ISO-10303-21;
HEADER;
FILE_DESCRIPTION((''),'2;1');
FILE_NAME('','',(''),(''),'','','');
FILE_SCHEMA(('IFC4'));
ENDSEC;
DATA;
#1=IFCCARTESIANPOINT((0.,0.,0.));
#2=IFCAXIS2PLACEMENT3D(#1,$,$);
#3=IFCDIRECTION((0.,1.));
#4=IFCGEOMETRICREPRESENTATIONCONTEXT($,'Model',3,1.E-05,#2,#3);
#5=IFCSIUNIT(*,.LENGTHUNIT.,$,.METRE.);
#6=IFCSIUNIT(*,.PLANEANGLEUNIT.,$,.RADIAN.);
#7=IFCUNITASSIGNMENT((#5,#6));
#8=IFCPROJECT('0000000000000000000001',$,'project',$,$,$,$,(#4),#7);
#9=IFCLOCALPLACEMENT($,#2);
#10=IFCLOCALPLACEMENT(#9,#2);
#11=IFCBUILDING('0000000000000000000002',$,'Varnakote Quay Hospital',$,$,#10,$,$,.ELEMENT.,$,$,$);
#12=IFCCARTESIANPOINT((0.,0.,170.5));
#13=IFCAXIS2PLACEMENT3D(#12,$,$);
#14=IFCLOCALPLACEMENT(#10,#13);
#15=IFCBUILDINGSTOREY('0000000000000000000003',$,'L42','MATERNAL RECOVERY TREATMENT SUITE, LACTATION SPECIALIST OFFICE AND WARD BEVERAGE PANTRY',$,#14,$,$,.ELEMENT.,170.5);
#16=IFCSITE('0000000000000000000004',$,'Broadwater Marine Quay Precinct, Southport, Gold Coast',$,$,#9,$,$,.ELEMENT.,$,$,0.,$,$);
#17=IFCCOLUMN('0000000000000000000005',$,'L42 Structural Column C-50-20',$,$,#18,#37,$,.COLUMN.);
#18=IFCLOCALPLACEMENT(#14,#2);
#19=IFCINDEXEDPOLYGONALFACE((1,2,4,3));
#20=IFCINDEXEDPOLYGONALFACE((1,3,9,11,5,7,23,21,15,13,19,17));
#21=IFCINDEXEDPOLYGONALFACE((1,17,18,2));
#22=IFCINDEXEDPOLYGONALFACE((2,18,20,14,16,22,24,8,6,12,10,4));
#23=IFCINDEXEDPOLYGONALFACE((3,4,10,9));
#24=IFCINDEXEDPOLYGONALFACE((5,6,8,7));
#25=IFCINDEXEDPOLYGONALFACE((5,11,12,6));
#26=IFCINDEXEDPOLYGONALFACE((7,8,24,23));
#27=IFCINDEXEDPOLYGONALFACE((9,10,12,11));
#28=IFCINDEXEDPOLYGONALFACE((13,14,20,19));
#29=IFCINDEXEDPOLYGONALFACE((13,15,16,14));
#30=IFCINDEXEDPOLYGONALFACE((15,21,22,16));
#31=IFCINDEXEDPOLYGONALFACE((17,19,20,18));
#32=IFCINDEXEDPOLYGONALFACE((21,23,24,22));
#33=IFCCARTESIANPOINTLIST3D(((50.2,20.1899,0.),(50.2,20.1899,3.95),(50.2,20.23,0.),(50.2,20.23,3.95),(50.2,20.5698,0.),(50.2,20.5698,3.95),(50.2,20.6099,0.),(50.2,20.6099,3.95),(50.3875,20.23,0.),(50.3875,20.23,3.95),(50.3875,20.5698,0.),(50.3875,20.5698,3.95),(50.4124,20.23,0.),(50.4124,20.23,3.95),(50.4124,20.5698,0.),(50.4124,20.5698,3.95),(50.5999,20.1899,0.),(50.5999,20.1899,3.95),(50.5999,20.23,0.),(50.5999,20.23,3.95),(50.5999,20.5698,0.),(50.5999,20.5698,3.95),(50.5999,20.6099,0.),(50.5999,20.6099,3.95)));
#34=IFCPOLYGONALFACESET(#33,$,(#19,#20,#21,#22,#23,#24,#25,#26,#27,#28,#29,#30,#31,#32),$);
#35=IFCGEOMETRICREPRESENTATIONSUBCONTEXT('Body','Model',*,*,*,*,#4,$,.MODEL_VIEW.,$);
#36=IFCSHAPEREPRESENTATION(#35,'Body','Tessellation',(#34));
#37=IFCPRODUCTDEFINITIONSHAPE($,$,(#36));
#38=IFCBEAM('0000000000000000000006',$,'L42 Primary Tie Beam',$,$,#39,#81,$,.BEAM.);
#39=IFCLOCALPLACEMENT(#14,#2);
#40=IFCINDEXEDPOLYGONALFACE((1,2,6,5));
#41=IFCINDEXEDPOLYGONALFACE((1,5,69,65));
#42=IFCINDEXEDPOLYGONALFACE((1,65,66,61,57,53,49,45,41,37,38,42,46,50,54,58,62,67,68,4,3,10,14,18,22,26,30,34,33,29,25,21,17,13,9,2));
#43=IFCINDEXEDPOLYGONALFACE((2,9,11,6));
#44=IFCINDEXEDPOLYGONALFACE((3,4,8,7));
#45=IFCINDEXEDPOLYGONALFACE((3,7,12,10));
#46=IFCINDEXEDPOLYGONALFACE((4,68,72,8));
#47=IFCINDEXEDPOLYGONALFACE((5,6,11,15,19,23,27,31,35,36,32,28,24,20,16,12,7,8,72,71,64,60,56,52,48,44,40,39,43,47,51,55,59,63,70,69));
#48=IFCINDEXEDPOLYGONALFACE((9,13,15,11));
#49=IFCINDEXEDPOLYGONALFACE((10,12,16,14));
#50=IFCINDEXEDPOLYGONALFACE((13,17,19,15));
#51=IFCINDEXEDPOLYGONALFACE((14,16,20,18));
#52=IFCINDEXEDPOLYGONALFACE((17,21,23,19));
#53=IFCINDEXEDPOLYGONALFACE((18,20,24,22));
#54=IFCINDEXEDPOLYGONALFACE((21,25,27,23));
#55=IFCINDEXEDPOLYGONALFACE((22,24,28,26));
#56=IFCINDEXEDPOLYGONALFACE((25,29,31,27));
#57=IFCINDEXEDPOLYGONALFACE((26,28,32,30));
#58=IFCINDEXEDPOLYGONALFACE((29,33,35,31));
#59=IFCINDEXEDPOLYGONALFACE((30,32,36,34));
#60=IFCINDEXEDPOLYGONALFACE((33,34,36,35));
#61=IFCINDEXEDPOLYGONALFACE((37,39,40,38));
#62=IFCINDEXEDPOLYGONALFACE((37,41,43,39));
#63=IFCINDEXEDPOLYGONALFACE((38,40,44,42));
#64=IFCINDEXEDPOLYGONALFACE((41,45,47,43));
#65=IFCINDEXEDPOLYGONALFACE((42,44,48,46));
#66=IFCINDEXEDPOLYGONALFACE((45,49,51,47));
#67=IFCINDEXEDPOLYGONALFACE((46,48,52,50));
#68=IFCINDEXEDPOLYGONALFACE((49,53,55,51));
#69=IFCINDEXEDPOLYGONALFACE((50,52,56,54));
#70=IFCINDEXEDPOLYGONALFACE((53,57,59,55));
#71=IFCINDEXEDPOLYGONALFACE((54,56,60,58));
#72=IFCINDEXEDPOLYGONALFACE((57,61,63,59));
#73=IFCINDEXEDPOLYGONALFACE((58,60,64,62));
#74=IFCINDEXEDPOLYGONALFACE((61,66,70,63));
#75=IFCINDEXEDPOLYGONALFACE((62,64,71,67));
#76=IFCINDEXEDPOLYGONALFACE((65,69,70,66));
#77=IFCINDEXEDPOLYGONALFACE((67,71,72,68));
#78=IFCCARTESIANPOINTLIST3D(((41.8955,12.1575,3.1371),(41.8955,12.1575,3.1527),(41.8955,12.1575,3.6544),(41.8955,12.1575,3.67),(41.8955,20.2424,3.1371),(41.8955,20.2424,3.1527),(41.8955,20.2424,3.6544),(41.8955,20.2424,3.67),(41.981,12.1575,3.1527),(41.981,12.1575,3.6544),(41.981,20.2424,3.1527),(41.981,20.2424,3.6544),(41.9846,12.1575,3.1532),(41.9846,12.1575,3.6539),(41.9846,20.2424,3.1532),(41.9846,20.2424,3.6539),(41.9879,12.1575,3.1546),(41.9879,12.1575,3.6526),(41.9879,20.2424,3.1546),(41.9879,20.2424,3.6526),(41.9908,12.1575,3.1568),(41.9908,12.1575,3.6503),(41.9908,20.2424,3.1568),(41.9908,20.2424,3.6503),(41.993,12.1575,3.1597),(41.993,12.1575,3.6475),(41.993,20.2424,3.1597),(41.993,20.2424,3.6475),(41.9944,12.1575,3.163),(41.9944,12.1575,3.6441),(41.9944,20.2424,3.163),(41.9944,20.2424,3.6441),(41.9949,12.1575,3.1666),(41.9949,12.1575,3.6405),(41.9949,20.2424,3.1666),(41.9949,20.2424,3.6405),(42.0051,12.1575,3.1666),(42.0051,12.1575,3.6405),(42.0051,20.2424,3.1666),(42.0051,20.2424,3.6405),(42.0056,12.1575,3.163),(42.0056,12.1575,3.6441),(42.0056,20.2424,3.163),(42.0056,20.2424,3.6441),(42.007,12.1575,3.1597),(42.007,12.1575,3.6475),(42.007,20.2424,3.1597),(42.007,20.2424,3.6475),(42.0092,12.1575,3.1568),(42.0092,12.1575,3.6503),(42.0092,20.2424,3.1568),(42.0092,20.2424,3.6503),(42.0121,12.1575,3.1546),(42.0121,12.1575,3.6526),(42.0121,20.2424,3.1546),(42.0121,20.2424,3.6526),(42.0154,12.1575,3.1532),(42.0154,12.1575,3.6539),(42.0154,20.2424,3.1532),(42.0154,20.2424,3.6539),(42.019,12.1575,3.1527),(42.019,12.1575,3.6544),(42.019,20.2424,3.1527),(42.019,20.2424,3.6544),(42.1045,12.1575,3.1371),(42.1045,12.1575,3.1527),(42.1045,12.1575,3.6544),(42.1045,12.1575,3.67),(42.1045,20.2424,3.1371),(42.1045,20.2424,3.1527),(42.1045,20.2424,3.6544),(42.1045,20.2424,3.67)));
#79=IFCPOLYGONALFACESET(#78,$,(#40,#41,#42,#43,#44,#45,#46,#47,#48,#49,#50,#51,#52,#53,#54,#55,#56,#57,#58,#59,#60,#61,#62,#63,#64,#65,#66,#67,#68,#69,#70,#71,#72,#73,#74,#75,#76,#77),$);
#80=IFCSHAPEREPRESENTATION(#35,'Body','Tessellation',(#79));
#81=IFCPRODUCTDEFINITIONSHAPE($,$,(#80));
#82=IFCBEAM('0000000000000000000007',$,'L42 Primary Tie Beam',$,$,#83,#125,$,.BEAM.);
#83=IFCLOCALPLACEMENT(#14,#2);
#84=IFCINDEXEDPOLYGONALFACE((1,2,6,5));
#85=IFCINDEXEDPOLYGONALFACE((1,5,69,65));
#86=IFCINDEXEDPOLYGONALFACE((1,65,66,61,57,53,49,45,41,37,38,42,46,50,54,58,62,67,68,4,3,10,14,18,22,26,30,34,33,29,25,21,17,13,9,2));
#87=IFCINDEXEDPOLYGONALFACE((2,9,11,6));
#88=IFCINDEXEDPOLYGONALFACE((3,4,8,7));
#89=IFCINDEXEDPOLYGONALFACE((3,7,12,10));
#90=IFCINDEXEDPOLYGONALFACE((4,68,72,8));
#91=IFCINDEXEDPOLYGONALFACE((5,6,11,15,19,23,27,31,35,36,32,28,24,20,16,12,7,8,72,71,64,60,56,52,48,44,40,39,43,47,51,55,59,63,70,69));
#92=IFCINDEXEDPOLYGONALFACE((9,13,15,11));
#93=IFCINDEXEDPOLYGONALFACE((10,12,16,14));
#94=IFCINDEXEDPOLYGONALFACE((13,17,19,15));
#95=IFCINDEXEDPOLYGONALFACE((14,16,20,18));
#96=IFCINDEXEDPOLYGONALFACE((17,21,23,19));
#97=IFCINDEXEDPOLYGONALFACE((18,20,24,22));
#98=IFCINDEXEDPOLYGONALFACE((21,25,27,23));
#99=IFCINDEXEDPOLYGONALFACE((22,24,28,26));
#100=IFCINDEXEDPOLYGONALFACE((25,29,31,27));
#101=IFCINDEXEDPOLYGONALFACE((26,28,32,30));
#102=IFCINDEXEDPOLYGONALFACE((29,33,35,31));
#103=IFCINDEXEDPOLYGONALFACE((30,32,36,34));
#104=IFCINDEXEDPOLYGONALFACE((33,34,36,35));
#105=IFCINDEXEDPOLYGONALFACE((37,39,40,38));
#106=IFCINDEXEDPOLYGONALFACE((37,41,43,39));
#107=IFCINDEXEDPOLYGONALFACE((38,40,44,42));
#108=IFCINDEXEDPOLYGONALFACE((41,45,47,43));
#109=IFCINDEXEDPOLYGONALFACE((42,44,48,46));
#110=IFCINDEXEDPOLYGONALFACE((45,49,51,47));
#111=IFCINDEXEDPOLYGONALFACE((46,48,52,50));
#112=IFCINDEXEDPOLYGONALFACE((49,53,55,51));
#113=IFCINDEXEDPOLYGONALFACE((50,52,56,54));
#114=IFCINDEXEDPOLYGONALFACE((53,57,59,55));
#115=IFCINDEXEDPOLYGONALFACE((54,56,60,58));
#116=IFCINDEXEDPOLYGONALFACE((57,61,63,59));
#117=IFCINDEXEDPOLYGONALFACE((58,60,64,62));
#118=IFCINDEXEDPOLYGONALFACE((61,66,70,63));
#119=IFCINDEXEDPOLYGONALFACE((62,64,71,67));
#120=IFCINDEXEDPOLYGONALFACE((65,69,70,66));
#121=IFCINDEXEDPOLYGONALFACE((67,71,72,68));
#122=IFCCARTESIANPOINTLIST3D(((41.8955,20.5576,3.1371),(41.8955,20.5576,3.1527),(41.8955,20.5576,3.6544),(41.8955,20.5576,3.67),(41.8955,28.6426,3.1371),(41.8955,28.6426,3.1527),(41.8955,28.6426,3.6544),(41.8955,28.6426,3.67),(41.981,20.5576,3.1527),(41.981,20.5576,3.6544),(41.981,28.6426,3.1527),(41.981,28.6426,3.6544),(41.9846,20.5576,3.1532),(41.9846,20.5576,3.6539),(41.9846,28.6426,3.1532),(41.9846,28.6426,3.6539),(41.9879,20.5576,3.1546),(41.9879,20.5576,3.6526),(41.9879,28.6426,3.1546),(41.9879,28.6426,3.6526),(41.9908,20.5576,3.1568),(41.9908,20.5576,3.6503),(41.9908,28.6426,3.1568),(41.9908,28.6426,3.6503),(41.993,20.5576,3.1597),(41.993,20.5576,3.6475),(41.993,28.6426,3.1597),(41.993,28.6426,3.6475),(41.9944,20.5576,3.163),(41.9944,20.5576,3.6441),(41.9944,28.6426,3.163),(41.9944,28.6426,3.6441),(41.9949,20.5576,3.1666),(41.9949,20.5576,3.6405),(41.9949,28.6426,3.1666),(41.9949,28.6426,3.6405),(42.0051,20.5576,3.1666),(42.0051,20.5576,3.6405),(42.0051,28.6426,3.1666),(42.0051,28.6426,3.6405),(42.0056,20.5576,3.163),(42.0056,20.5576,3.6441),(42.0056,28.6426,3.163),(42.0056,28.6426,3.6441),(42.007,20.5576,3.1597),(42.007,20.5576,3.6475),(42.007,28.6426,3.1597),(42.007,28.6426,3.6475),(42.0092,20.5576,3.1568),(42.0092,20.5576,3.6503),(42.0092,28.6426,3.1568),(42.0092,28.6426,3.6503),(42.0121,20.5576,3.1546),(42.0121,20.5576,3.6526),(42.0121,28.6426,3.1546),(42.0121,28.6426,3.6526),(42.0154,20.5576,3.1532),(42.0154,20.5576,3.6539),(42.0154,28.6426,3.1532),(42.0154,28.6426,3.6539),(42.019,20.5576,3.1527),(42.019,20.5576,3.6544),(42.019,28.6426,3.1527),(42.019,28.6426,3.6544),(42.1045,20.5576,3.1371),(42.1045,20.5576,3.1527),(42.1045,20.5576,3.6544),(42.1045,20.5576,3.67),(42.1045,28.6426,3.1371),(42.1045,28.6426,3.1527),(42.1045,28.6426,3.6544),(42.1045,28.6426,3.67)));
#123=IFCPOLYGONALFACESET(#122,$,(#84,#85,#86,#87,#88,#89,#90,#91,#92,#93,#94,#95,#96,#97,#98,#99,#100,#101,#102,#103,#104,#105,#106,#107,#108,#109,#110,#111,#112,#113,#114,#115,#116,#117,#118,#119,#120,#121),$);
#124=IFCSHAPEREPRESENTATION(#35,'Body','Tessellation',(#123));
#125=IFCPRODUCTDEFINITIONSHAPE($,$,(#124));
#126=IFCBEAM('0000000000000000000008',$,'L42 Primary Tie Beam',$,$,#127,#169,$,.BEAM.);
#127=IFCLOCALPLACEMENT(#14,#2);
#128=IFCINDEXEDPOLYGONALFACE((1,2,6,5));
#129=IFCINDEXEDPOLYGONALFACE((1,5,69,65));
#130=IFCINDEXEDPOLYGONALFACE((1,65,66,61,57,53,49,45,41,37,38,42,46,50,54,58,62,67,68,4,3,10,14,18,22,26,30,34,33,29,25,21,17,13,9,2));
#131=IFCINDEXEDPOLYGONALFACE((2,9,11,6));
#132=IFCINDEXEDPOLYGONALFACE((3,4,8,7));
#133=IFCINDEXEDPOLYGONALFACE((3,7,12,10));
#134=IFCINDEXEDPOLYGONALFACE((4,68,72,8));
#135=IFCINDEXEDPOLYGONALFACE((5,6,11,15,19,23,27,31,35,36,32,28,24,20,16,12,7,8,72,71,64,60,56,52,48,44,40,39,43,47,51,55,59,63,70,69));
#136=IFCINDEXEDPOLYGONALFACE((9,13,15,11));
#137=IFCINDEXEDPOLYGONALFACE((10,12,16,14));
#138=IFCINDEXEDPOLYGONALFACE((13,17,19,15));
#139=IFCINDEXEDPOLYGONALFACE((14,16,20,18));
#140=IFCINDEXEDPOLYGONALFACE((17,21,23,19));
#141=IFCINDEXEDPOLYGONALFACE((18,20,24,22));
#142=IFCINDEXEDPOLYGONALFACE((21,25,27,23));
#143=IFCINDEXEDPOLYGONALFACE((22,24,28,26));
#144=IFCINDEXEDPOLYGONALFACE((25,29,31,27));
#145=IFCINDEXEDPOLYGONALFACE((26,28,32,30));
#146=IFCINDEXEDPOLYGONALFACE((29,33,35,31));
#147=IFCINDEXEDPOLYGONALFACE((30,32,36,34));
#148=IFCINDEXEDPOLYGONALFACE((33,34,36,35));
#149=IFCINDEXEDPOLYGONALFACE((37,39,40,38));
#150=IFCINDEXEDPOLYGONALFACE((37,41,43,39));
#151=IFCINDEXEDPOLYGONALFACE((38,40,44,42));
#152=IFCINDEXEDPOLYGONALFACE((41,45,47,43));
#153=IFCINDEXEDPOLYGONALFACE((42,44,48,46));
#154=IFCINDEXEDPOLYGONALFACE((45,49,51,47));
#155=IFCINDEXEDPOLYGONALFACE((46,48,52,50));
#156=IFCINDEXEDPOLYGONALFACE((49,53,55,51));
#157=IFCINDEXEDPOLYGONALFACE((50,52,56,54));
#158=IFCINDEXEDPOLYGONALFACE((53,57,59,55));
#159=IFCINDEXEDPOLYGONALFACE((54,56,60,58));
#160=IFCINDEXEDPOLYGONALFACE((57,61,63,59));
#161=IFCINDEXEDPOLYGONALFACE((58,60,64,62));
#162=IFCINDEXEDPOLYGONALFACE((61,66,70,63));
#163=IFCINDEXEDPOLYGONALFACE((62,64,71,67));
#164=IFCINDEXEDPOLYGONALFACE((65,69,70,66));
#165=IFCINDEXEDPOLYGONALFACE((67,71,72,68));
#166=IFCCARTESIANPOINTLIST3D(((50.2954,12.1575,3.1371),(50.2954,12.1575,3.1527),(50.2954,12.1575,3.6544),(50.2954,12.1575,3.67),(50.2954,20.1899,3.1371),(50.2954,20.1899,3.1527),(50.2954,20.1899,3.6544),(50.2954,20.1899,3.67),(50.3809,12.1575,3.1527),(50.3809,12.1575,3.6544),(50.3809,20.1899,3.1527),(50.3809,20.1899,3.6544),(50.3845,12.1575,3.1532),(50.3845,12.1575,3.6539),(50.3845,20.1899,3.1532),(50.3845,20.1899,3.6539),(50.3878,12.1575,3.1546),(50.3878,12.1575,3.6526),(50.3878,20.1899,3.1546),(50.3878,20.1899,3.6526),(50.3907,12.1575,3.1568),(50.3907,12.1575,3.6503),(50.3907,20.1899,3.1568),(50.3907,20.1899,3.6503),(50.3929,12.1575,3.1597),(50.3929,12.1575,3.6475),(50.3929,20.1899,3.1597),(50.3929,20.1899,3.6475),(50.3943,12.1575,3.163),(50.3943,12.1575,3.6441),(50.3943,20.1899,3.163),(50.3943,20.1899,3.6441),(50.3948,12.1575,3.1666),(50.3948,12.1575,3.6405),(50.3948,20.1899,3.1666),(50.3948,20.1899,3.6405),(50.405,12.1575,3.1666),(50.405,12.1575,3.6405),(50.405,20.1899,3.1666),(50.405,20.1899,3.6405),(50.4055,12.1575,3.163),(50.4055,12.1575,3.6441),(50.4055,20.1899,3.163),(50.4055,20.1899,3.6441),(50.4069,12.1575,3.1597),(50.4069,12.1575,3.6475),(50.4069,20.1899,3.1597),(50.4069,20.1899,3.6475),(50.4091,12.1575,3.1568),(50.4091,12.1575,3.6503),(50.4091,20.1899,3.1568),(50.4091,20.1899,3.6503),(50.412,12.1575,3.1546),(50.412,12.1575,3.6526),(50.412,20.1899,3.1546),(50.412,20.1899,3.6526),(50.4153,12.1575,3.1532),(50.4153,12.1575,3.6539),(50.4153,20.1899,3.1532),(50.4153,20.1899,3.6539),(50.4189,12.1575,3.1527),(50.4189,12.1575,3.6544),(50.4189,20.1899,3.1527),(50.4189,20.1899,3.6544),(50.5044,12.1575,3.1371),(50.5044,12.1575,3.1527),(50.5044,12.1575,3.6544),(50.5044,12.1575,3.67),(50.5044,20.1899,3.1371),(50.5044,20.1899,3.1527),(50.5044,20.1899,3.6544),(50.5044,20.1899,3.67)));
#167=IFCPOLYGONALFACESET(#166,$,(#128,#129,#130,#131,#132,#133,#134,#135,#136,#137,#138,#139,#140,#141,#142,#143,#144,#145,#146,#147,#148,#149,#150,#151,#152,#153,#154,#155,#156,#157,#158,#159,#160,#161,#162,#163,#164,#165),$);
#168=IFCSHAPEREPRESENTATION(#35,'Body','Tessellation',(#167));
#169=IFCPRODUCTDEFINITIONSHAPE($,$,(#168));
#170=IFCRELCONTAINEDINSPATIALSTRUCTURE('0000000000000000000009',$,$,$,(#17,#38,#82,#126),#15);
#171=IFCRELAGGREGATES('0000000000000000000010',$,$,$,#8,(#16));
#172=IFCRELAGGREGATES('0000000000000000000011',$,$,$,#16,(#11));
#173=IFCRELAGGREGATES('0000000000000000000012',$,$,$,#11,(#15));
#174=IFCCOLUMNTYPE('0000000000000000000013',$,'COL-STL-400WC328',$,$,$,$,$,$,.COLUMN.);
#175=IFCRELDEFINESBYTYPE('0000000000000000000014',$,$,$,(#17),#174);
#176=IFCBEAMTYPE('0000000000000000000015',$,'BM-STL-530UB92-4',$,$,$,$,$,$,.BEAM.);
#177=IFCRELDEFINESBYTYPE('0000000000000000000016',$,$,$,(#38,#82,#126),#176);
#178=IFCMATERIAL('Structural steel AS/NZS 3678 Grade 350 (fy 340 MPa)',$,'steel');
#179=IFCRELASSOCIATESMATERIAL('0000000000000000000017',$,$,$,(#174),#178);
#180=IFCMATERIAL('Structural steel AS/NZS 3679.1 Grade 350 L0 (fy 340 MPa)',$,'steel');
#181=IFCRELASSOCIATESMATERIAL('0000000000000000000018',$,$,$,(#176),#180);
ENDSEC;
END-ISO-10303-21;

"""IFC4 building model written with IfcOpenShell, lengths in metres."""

from ifc_helpers import new_model, si_unit, direction, frame, origin, origin_2d, place, context, subcontext, project, spatial, i_section, extrude, material, material_profile, profile_set, type_object, element, save


model = new_model("IFC4")

# Units and contexts
model_context = context("Model", 3, precision=1e-05, world=origin(), true_north=direction((0.0, 1.0)))
body_context = subcontext(model_context, "Body", "Model", "MODEL_VIEW")
ifc_project = project(units=[si_unit("LENGTHUNIT", "METRE"), si_unit("PLANEANGLEUNIT", "RADIAN")], contexts=[model_context])

# Site, building, storey
site_placement = place(None, origin())
site = spatial("IfcSite", under=ifc_project, at=site_placement, Name="Broadwater Marine Quay Precinct, Southport, Gold Coast", CompositionType="ELEMENT", RefElevation=0.0)
building_placement = place(site_placement, origin())
building = spatial("IfcBuilding", under=site, at=building_placement, Name="Varnakote Quay Hospital", CompositionType="ELEMENT")
storey_placement = place(building_placement, frame((0.0, 0.0, 170.5)))
storey = spatial("IfcBuildingStorey", under=building, at=storey_placement, Name="L42", Description="MATERNAL RECOVERY TREATMENT SUITE, LACTATION SPECIALIST OFFICE AND WARD BEVERAGE PANTRY", CompositionType="ELEMENT", Elevation=170.5)

# Column
ifc_material_1 = material(Name="Structural steel AS/NZS 3678 Grade 350 (fy 340 MPa)", Category="steel")
ifc_material_profile_1 = material_profile(ifc_material_1, i_section(OverallWidth=0.3999, OverallDepth=0.4199, WebThickness=0.0249, FlangeThickness=0.04, at=origin_2d()), Name="400WC328")
ifc_profile_set_1 = profile_set([ifc_material_profile_1], Name="Structural steel AS/NZS 3678 Grade 350 (fy 340 MPa)")
column_type = type_object("IfcColumnType", Name="COL-STL-400WC328", PredefinedType="COLUMN", material=ifc_profile_set_1)
column_placement = place(storey_placement, frame((50.3999, 20.3999, 0.0), z_axis=(0.0, 0.0, 1.0), x_axis=(1.0, 0.0, 0.0)))
element("IfcColumn", 1, at=column_placement, inside=storey, type_object=column_type, Name="L42 Structural Column C-50-20", PredefinedType="COLUMN", context=body_context, shape_type="SweptSolid", body=[
    extrude(i_section(OverallWidth=0.3999, OverallDepth=0.4199, WebThickness=0.0249, FlangeThickness=0.04, at=origin_2d()), origin(), (0.0, 0.0, 1.0), 3.95),
])

# Beams
ifc_material_2 = material(Name="Structural steel AS/NZS 3679.1 Grade 350 L0 (fy 340 MPa)", Category="steel")
ifc_material_profile_2 = material_profile(ifc_material_2, i_section(OverallWidth=0.209, OverallDepth=0.533, WebThickness=0.0103, FlangeThickness=0.0156, FilletRadius=0.0139, at=origin_2d()), Name="530UB92.4")
ifc_profile_set_2 = profile_set([ifc_material_profile_2], Name="Structural steel AS/NZS 3679.1 Grade 350 L0 (fy 340 MPa)")
beam_type_1 = type_object("IfcBeamType", Name="BM-STL-530UB92-4", PredefinedType="BEAM", material=ifc_profile_set_2)
for number, where, z_axis, x_axis, name in (
    (2, (42.0, 12.1575, 3.4036), (0.0, 1.0, 0.0), (-1.0, 0.0, 0.0), "L42 Primary Tie Beam"),
    (3, (42.0, 20.5576, 3.4036), (0.0, 1.0, 0.0), (-1.0, 0.0, 0.0), "L42 Primary Tie Beam"),
):
    element("IfcBeam", number, at=place(storey_placement, frame(where, z_axis=z_axis, x_axis=x_axis)), inside=storey, type_object=beam_type_1, Name=name, PredefinedType="BEAM", context=body_context, shape_type="SweptSolid", body=[
        extrude(i_section(OverallWidth=0.209, OverallDepth=0.533, WebThickness=0.0103, FlangeThickness=0.0156, FilletRadius=0.0139, at=origin_2d()), origin(), (0.0, 0.0, 1.0), 8.085),
    ])
beam_1_placement = place(storey_placement, frame((50.3999, 12.1575, 3.4036), z_axis=(0.0, 1.0, 0.0), x_axis=(-1.0, 0.0, 0.0)))
element("IfcBeam", 4, at=beam_1_placement, inside=storey, type_object=beam_type_1, Name="L42 Primary Tie Beam", PredefinedType="BEAM", context=body_context, shape_type="SweptSolid", body=[
    extrude(i_section(OverallWidth=0.209, OverallDepth=0.533, WebThickness=0.0103, FlangeThickness=0.0156, FilletRadius=0.0139, at=origin_2d()), origin(), (0.0, 0.0, 1.0), 8.0325),
])

save(model, "model.ifc")
